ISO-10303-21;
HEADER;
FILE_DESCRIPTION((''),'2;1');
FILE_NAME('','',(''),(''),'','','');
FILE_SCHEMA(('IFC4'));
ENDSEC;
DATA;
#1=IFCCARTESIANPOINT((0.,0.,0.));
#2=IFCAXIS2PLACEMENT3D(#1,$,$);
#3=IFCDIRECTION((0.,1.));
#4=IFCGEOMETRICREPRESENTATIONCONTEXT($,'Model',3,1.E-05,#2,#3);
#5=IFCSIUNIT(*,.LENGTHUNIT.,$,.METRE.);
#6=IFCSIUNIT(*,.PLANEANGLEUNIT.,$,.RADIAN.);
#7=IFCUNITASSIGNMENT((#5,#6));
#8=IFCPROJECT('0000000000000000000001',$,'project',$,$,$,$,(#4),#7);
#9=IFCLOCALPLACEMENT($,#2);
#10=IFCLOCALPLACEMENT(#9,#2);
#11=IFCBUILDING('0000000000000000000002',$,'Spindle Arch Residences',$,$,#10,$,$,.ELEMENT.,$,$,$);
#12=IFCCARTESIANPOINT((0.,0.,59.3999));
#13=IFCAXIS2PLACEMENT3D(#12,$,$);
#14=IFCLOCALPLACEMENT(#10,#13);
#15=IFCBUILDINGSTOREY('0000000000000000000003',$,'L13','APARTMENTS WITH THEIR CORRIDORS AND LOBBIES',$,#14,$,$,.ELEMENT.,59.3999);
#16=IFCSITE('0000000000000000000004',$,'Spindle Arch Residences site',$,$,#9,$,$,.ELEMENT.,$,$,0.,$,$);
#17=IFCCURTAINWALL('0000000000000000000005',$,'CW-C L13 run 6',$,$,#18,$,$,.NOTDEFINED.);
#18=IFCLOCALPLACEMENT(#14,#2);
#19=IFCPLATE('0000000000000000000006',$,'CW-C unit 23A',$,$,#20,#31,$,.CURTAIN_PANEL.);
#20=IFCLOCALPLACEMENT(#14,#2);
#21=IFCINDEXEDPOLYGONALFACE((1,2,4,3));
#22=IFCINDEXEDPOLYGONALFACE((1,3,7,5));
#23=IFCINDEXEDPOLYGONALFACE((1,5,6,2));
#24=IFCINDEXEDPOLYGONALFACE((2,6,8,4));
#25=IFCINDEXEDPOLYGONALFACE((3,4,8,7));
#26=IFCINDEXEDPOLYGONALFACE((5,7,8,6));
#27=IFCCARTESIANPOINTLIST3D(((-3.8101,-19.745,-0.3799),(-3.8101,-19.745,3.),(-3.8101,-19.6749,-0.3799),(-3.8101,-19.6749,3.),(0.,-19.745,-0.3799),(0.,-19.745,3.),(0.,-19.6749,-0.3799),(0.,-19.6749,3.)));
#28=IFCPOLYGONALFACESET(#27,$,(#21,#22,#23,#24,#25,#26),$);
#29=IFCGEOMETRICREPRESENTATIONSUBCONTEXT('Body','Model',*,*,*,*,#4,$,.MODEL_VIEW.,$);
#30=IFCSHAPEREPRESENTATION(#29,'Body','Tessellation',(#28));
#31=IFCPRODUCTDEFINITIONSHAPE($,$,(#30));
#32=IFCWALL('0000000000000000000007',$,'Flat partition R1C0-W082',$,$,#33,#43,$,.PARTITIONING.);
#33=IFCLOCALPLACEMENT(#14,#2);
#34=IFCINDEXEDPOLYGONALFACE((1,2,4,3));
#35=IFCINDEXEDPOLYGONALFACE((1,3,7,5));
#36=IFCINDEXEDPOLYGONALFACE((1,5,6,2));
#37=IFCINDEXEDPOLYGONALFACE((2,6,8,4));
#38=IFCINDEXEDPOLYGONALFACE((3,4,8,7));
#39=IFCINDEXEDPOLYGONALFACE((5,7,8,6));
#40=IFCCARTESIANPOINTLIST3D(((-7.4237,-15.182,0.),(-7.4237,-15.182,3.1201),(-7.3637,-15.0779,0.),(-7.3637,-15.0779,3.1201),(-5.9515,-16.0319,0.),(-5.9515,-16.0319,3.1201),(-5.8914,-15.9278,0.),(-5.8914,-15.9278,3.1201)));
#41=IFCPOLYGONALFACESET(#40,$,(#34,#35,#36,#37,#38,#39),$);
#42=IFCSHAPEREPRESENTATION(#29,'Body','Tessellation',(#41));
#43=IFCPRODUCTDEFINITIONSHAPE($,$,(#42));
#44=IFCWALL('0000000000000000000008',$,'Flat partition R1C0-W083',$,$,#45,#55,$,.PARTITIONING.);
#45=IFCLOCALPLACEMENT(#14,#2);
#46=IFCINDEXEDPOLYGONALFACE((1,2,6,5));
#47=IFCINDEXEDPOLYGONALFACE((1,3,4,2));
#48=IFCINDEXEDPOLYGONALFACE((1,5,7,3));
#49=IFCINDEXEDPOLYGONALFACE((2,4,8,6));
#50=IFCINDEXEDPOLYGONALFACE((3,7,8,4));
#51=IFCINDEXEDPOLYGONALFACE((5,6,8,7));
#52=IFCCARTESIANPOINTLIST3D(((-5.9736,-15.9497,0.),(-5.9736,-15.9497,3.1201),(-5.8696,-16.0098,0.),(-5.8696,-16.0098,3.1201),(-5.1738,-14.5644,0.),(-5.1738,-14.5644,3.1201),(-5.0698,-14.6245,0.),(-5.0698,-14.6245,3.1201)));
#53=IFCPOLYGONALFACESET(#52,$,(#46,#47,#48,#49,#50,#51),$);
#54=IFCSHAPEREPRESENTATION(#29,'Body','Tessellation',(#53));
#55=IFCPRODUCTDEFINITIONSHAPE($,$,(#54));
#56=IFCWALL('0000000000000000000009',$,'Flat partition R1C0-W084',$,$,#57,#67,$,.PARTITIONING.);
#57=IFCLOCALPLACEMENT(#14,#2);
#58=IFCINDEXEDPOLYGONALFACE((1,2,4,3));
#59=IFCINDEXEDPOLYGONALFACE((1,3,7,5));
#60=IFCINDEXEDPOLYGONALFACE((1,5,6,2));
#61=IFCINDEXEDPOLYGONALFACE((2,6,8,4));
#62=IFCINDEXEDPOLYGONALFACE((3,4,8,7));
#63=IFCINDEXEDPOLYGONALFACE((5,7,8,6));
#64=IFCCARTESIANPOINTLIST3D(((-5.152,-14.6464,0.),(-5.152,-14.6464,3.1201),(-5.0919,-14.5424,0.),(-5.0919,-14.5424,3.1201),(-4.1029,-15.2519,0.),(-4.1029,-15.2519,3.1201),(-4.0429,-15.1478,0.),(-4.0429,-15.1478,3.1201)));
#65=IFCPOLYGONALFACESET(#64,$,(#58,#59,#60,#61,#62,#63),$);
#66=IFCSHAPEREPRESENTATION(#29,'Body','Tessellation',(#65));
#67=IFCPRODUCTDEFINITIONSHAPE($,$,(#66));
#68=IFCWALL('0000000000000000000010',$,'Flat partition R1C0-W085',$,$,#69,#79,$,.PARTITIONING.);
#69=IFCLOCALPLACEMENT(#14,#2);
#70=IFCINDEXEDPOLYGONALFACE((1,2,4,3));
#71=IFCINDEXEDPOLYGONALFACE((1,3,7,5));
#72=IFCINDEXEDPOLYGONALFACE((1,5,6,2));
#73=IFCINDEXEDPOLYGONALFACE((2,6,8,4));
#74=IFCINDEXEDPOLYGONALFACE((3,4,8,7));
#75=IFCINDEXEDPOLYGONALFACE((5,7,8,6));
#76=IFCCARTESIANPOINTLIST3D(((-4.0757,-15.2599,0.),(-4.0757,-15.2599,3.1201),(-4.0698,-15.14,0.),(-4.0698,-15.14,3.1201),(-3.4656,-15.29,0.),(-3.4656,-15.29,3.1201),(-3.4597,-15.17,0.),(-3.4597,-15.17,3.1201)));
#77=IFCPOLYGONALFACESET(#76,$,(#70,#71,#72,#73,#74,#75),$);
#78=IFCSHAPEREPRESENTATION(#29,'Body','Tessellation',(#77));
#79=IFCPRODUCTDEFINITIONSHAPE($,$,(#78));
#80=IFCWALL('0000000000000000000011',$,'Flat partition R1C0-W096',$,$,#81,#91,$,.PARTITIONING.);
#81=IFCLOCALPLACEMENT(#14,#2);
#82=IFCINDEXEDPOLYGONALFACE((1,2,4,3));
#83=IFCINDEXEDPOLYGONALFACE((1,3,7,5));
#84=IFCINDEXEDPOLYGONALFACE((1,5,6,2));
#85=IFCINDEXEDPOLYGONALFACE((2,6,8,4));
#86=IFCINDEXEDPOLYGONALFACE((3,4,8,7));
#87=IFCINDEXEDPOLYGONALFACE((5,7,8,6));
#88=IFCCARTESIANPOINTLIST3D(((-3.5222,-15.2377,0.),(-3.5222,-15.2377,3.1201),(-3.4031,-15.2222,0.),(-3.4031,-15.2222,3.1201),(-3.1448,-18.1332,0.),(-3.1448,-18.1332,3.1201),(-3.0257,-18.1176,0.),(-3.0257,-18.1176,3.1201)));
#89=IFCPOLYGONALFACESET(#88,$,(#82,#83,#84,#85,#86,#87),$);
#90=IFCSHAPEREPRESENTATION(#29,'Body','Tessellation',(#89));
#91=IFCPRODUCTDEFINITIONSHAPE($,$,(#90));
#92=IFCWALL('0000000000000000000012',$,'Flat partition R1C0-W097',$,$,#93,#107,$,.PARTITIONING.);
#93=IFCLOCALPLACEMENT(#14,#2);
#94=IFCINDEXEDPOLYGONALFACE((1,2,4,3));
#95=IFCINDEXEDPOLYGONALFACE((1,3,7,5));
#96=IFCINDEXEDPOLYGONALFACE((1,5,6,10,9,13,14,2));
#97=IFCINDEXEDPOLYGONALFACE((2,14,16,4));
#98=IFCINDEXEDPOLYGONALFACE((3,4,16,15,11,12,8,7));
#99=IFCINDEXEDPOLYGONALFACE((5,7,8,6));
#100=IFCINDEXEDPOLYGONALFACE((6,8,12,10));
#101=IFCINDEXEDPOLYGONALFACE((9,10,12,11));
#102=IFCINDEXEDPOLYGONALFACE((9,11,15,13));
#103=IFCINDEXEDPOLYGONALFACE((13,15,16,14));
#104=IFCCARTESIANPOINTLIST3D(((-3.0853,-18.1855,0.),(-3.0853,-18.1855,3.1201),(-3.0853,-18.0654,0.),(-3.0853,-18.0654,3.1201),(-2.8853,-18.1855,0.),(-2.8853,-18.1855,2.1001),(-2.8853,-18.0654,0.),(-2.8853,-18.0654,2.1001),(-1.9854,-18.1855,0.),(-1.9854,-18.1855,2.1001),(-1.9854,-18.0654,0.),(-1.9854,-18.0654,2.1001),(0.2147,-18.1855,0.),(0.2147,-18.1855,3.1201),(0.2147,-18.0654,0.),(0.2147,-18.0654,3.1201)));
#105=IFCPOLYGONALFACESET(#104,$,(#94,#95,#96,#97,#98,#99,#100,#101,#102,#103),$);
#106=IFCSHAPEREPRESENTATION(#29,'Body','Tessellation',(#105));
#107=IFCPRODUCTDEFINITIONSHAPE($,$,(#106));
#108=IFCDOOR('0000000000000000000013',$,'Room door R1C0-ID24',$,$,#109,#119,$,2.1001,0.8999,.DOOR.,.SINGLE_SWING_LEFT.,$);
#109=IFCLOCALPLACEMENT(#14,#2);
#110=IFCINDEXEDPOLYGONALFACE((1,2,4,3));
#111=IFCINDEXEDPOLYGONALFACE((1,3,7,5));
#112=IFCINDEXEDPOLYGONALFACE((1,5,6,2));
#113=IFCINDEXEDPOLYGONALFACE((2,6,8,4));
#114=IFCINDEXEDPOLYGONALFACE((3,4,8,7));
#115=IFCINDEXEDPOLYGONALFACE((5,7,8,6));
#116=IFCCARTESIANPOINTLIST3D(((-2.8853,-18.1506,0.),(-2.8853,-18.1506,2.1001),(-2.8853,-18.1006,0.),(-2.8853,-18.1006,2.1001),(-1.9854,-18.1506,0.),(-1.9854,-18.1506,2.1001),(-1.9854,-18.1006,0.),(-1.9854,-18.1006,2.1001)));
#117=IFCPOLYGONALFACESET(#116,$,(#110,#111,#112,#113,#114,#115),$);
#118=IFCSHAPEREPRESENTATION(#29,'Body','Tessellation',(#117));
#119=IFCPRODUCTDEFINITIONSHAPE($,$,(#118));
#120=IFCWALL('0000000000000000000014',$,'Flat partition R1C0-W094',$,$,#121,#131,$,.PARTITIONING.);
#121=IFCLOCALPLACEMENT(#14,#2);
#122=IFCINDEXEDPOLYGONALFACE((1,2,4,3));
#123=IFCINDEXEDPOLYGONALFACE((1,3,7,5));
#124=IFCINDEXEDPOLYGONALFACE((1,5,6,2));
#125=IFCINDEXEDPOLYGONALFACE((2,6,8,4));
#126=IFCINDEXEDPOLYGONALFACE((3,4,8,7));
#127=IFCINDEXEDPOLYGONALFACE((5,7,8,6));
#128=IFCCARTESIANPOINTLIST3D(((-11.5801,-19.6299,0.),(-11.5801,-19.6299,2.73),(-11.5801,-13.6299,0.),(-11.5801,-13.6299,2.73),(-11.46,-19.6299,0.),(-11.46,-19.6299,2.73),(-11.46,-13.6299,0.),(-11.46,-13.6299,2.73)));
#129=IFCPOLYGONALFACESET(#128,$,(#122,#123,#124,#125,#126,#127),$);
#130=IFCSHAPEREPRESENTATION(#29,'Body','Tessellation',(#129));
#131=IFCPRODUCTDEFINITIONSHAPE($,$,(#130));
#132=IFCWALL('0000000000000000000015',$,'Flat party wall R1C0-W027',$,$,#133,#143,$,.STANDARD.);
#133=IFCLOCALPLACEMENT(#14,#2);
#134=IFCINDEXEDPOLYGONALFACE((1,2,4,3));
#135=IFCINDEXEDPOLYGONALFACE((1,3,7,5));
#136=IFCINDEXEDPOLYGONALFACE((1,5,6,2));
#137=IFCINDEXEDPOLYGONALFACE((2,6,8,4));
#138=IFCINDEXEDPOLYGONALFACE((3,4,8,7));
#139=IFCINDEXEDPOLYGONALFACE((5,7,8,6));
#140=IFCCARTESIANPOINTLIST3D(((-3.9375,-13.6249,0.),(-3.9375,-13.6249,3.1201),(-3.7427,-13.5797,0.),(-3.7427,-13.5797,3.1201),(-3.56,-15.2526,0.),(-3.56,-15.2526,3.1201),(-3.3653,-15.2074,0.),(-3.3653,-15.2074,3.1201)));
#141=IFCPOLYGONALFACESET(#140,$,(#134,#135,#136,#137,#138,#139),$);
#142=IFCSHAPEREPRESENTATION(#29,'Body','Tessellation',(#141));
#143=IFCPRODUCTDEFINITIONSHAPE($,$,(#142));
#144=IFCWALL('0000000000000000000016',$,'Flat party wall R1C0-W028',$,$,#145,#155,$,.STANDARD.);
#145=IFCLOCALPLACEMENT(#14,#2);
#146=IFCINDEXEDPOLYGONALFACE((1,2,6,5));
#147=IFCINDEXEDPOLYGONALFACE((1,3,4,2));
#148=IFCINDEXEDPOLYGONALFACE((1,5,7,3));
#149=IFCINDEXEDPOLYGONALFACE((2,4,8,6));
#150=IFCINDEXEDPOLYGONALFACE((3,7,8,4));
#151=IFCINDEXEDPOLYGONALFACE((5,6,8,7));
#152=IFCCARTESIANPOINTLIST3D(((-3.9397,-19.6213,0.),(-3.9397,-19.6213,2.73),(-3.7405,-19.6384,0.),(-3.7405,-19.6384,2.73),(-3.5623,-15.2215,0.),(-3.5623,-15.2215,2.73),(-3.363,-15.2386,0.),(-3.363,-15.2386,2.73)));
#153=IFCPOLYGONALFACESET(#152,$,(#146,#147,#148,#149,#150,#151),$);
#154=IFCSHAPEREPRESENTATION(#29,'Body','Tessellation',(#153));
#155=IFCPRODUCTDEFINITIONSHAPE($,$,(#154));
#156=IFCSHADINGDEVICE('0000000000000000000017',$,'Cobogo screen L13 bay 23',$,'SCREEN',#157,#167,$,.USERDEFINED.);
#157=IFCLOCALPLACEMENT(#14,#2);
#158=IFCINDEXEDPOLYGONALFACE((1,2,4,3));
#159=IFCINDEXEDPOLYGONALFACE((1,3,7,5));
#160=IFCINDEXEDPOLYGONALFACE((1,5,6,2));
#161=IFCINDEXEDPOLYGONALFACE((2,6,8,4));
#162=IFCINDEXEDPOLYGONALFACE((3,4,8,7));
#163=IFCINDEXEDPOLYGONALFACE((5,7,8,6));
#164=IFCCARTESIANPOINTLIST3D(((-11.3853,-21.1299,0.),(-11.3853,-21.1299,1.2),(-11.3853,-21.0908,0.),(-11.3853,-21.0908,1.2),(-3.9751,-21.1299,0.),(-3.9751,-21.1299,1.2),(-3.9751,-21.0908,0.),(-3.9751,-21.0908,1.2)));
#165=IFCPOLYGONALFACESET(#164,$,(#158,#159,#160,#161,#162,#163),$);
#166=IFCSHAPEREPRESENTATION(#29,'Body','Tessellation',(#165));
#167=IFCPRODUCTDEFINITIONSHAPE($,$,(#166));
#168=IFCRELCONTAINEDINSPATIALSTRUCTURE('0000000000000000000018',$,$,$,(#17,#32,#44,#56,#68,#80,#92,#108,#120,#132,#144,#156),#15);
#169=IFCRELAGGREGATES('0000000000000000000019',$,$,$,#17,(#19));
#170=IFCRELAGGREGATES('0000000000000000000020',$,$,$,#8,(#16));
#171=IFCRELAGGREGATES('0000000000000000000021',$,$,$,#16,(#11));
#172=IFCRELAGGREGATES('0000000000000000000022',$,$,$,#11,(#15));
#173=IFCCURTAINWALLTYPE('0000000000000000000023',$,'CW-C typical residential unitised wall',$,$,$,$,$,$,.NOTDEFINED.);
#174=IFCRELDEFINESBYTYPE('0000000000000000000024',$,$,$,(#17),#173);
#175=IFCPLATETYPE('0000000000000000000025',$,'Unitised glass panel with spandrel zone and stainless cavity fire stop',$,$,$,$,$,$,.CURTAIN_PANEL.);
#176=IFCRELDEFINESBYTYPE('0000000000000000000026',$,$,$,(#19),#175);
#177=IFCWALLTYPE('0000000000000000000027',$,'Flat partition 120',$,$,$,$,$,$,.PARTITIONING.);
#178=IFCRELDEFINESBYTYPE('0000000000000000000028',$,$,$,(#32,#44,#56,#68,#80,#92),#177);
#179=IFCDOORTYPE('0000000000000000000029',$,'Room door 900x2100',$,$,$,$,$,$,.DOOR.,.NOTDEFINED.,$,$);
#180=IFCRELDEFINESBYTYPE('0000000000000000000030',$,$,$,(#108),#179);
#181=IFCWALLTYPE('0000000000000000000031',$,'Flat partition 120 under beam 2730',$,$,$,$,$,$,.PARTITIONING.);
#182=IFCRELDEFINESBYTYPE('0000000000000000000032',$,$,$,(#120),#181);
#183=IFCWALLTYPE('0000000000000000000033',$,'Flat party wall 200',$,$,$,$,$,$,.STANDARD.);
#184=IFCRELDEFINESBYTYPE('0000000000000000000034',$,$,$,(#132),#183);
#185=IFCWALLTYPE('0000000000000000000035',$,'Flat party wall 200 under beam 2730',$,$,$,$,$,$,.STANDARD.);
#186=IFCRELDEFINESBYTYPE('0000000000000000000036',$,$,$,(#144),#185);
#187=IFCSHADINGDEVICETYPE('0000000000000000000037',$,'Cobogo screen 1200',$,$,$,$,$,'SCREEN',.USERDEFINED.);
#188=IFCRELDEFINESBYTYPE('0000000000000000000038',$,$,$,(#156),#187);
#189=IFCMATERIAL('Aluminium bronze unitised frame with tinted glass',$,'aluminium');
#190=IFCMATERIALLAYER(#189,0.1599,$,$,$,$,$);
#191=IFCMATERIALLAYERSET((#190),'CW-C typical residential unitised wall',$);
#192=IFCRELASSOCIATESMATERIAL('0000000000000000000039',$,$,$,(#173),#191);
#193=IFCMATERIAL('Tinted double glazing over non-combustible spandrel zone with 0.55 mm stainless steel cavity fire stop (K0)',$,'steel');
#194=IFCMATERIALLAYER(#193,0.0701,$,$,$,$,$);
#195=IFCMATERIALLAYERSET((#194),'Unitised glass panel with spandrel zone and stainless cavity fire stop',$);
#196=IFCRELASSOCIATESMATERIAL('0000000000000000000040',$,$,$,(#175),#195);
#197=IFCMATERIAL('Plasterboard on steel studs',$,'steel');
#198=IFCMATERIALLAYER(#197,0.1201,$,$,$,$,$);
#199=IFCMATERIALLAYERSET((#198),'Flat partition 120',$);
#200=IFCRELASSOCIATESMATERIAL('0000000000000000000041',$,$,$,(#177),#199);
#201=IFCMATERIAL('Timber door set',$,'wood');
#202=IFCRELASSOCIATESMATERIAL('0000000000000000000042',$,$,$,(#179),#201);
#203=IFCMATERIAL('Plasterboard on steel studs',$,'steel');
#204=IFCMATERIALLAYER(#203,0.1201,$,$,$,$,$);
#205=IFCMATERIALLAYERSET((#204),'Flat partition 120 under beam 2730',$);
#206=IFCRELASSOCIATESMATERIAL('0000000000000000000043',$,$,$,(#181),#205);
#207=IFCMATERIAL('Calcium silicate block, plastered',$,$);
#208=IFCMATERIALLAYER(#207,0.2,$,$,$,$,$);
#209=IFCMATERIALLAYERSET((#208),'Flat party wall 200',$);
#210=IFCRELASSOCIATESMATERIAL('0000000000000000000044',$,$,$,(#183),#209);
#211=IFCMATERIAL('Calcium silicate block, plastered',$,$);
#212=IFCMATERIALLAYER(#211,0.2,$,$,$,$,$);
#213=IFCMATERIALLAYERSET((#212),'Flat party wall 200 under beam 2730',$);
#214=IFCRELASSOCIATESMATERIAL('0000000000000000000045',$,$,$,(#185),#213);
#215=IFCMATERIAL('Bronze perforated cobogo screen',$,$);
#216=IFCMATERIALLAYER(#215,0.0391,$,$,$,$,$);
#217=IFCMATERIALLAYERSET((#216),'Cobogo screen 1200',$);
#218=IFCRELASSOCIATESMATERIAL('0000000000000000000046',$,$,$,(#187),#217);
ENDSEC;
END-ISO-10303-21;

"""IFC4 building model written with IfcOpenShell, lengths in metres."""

from ifc_helpers import new_model, si_unit, direction, frame, frame_2d, origin, origin_2d, place, context, subcontext, project, spatial, rectangle, extrude, material, layer, layer_set, type_object, element, fill, aggregate, save


model = new_model("IFC4")

# Units and contexts
model_context = context("Model", 3, precision=1e-05, world=origin(), true_north=direction((0.0, 1.0)))
body_context = subcontext(model_context, "Body", "Model", "MODEL_VIEW")
ifc_project = project(units=[si_unit("LENGTHUNIT", "METRE"), si_unit("PLANEANGLEUNIT", "RADIAN")], contexts=[model_context])

# Site, building, storey
site_placement = place(None, origin())
site = spatial("IfcSite", under=ifc_project, at=site_placement, Name="Spindle Arch Residences site", CompositionType="ELEMENT", RefElevation=0.0)
building_placement = place(site_placement, origin())
building = spatial("IfcBuilding", under=site, at=building_placement, Name="Spindle Arch Residences", CompositionType="ELEMENT")
storey_placement = place(building_placement, frame((0.0, 0.0, 59.3999)))
storey = spatial("IfcBuildingStorey", under=building, at=storey_placement, Name="L13", Description="APARTMENTS WITH THEIR CORRIDORS AND LOBBIES", CompositionType="ELEMENT", Elevation=59.3999)

# Curtain wall
ifc_material_1 = material(Name="Aluminium bronze unitised frame with tinted glass", Category="aluminium")
ifc_layer_1 = layer(ifc_material_1, 0.1599)
ifc_layer_set_1 = layer_set([ifc_layer_1], Name="CW-C typical residential unitised wall")
curtain_wall_type = type_object("IfcCurtainWallType", Name="CW-C typical residential unitised wall", PredefinedType="NOTDEFINED", material=ifc_layer_set_1)
curtain_wall_placement = place(storey_placement, origin())
curtain_wall = element("IfcCurtainWall", 1, at=curtain_wall_placement, inside=storey, type_object=curtain_wall_type, Name="CW-C L13 run 6", PredefinedType="NOTDEFINED")

# Plate
ifc_material_2 = material(Name="Tinted double glazing over non-combustible spandrel zone with 0.55 mm stainless steel cavity fire stop (K0)", Category="steel")
ifc_layer_2 = layer(ifc_material_2, 0.0701)
ifc_layer_set_2 = layer_set([ifc_layer_2], Name="Unitised glass panel with spandrel zone and stainless cavity fire stop")
plate_type = type_object("IfcPlateType", Name="Unitised glass panel with spandrel zone and stainless cavity fire stop", PredefinedType="CURTAIN_PANEL", material=ifc_layer_set_2)
plate_1_placement = place(storey_placement, frame((-1.905, -19.71, -0.3799), z_axis=(0.0, 0.0, 1.0), x_axis=(1.0, 0.0, 0.0)))
plate_1 = element("IfcPlate", 2, at=plate_1_placement, type_object=plate_type, Name="CW-C unit 23A", PredefinedType="CURTAIN_PANEL", context=body_context, shape_type="SweptSolid", body=[
    extrude(rectangle(XDim=3.8101, YDim=0.0701, at=origin_2d()), origin(), (0.0, 0.0, 1.0), 3.3799),
])
aggregate(curtain_wall, [plate_1])

# Walls
ifc_material_3 = material(Name="Plasterboard on steel studs", Category="steel")
ifc_layer_3 = layer(ifc_material_3, 0.1201)
ifc_layer_set_3 = layer_set([ifc_layer_3], Name="Flat partition 120")
wall_type_1 = type_object("IfcWallType", Name="Flat partition 120", PredefinedType="PARTITIONING", material=ifc_layer_set_3)
wall_1_placement = place(storey_placement, frame((-7.3938, -15.1299, 0.0), z_axis=(0.0, 0.0, 1.0), x_axis=(0.866052, -0.499955, 0.0)))
element("IfcWall", 3, at=wall_1_placement, inside=storey, type_object=wall_type_1, Name="Flat partition R1C0-W082", PredefinedType="PARTITIONING", context=body_context, shape_type="SweptSolid", body=[
    extrude(rectangle(XDim=1.7, YDim=0.1201, at=frame_2d((0.8501, 0.0))), origin(), (0.0, 0.0, 1.0), 3.1201),
])
wall_2_placement = place(storey_placement, frame((-5.9216, -15.9797, 0.0), z_axis=(0.0, 0.0, 1.0), x_axis=(0.500013, 0.866018, 0.0)))
element("IfcWall", 4, at=wall_2_placement, inside=storey, type_object=wall_type_1, Name="Flat partition R1C0-W083", PredefinedType="PARTITIONING", context=body_context, shape_type="SweptSolid", body=[
    extrude(rectangle(XDim=1.5996, YDim=0.1201, at=frame_2d((0.7998, 0.0))), origin(), (0.0, 0.0, 1.0), 3.1201),
])
wall_3_placement = place(storey_placement, frame((-5.1218, -14.5945, 0.0), z_axis=(0.0, 0.0, 1.0), x_axis=(0.866102, -0.499868, 0.0)))
element("IfcWall", 5, at=wall_3_placement, inside=storey, type_object=wall_type_1, Name="Flat partition R1C0-W084", PredefinedType="PARTITIONING", context=body_context, shape_type="SweptSolid", body=[
    extrude(rectangle(XDim=1.2112, YDim=0.1201, at=frame_2d((0.6055, 0.0))), origin(), (0.0, 0.0, 1.0), 3.1201),
])
wall_4_placement = place(storey_placement, frame((-4.0728, -15.2, 0.0), z_axis=(0.0, 0.0, 1.0), x_axis=(0.998791, -0.04916, 0.0)))
element("IfcWall", 6, at=wall_4_placement, inside=storey, type_object=wall_type_1, Name="Flat partition R1C0-W085", PredefinedType="PARTITIONING", context=body_context, shape_type="SweptSolid", body=[
    extrude(rectangle(XDim=0.6108, YDim=0.1201, at=frame_2d((0.3054, 0.0))), origin(), (0.0, 0.0, 1.0), 3.1201),
])
wall_5_placement = place(storey_placement, frame((-3.4626, -15.23, 0.0), z_axis=(0.0, 0.0, 1.0), x_axis=(0.129261, -0.991611, 0.0)))
element("IfcWall", 7, at=wall_5_placement, inside=storey, type_object=wall_type_1, Name="Flat partition R1C0-W096", PredefinedType="PARTITIONING", context=body_context, shape_type="SweptSolid", body=[
    extrude(rectangle(XDim=2.9199, YDim=0.1201, at=frame_2d((1.46, 0.0))), origin(), (0.0, 0.0, 1.0), 3.1201),
])

# Wall, opening, door
wall_6_placement = place(storey_placement, frame((-3.0852, -18.1255, 0.0), z_axis=(0.0, 0.0, 1.0), x_axis=(1.0, 0.0, 0.0)))
wall_6 = element("IfcWall", 8, at=wall_6_placement, inside=storey, type_object=wall_type_1, Name="Flat partition R1C0-W097", PredefinedType="PARTITIONING", context=body_context, shape_type="SweptSolid", body=[
    extrude(rectangle(XDim=3.3, YDim=0.1201, at=frame_2d((1.6499, 0.0))), origin(), (0.0, 0.0, 1.0), 3.1201),
])
opening_1_placement = place(wall_6_placement, frame((0.2, 0.0, 0.0)))
opening_1 = element("IfcOpeningElement", 9, at=opening_1_placement, cuts=wall_6, PredefinedType="OPENING", context=body_context, shape_type="SweptSolid", body=[
    extrude(rectangle(XDim=0.8999, YDim=2.1001, at=frame_2d((0.45, 1.05))), frame((0.0, 0.0701, 0.0), z_axis=(0.0, -1.0, 0.0), x_axis=(1.0, 0.0, 0.0)), (0.0, 0.0, 1.0), 0.1401),
])
ifc_material_4 = material(Name="Timber door set", Category="wood")
door_type_1 = type_object("IfcDoorType", Name="Room door 900x2100", OperationType="NOTDEFINED", PredefinedType="DOOR", material=ifc_material_4)
door_1_placement = place(opening_1_placement, origin())
door_1 = element("IfcDoor", 10, at=door_1_placement, inside=storey, type_object=door_type_1, Name="Room door R1C0-ID24", OperationType="SINGLE_SWING_LEFT", OverallHeight=2.1001, OverallWidth=0.8999, PredefinedType="DOOR", context=body_context, shape_type="SweptSolid", body=[
    extrude(rectangle(XDim=0.8999, YDim=2.1001, at=frame_2d((0.45, 1.05))), frame((0.0, 0.0249, 0.0), z_axis=(0.0, -1.0, 0.0), x_axis=(1.0, 0.0, 0.0)), (0.0, 0.0, 1.0), 0.05),
])
fill(opening_1, door_1)

# Walls
ifc_material_5 = material(Name="Plasterboard on steel studs", Category="steel")
ifc_layer_4 = layer(ifc_material_5, 0.1201)
ifc_layer_set_4 = layer_set([ifc_layer_4], Name="Flat partition 120 under beam 2730")
wall_type_2 = type_object("IfcWallType", Name="Flat partition 120 under beam 2730", PredefinedType="PARTITIONING", material=ifc_layer_set_4)
wall_7_placement = place(storey_placement, frame((-11.52, -19.6299, 0.0), z_axis=(0.0, 0.0, 1.0), x_axis=(0.0, 1.0, 0.0)))
element("IfcWall", 11, at=wall_7_placement, inside=storey, type_object=wall_type_2, Name="Flat partition R1C0-W094", PredefinedType="PARTITIONING", context=body_context, shape_type="SweptSolid", body=[
    extrude(rectangle(XDim=6.0, YDim=0.1201, at=frame_2d((3.0, 0.0))), origin(), (0.0, 0.0, 1.0), 2.73),
])
ifc_material_6 = material(Name="Calcium silicate block, plastered")
ifc_layer_5 = layer(ifc_material_6, 0.2)
ifc_layer_set_5 = layer_set([ifc_layer_5], Name="Flat party wall 200")
wall_type_3 = type_object("IfcWallType", Name="Flat party wall 200", PredefinedType="STANDARD", material=ifc_layer_set_5)
wall_8_placement = place(storey_placement, frame((-3.4626, -15.23, 0.0), z_axis=(0.0, 0.0, 1.0), x_axis=(-0.225895, 0.974152, 0.0)))
element("IfcWall", 12, at=wall_8_placement, inside=storey, type_object=wall_type_3, Name="Flat party wall R1C0-W027", PredefinedType="STANDARD", context=body_context, shape_type="SweptSolid", body=[
    extrude(rectangle(XDim=1.6709, YDim=0.2, at=frame_2d((0.8354, 0.0))), origin(), (0.0, 0.0, 1.0), 3.1201),
])
ifc_material_7 = material(Name="Calcium silicate block, plastered")
ifc_layer_6 = layer(ifc_material_7, 0.2)
ifc_layer_set_6 = layer_set([ifc_layer_6], Name="Flat party wall 200 under beam 2730")
wall_type_4 = type_object("IfcWallType", Name="Flat party wall 200 under beam 2730", PredefinedType="STANDARD", material=ifc_layer_set_6)
wall_9_placement = place(storey_placement, frame((-3.8401, -19.6299, 0.0), z_axis=(0.0, 0.0, 1.0), x_axis=(0.08547, 0.996341, 0.0)))
element("IfcWall", 13, at=wall_9_placement, inside=storey, type_object=wall_type_4, Name="Flat party wall R1C0-W028", PredefinedType="STANDARD", context=body_context, shape_type="SweptSolid", body=[
    extrude(rectangle(XDim=4.416, YDim=0.2, at=frame_2d((2.208, 0.0))), origin(), (0.0, 0.0, 1.0), 2.73),
])

# Shading device
ifc_material_8 = material(Name="Bronze perforated cobogo screen")
ifc_layer_7 = layer(ifc_material_8, 0.0391)
ifc_layer_set_7 = layer_set([ifc_layer_7], Name="Cobogo screen 1200")
shading_device_type = type_object("IfcShadingDeviceType", Name="Cobogo screen 1200", ElementType="SCREEN", PredefinedType="USERDEFINED", material=ifc_layer_set_7)
shading_device_placement = place(storey_placement, frame((-7.6802, -21.1104, 0.0), z_axis=(0.0, 0.0, 1.0), x_axis=(1.0, 0.0, 0.0)))
element("IfcShadingDevice", 14, at=shading_device_placement, inside=storey, type_object=shading_device_type, Name="Cobogo screen L13 bay 23", ObjectType="SCREEN", PredefinedType="USERDEFINED", context=body_context, shape_type="SweptSolid", body=[
    extrude(rectangle(XDim=7.4102, YDim=0.0391, at=origin_2d()), origin(), (0.0, 0.0, 1.0), 1.2),
])

save(model, "model.ifc")
